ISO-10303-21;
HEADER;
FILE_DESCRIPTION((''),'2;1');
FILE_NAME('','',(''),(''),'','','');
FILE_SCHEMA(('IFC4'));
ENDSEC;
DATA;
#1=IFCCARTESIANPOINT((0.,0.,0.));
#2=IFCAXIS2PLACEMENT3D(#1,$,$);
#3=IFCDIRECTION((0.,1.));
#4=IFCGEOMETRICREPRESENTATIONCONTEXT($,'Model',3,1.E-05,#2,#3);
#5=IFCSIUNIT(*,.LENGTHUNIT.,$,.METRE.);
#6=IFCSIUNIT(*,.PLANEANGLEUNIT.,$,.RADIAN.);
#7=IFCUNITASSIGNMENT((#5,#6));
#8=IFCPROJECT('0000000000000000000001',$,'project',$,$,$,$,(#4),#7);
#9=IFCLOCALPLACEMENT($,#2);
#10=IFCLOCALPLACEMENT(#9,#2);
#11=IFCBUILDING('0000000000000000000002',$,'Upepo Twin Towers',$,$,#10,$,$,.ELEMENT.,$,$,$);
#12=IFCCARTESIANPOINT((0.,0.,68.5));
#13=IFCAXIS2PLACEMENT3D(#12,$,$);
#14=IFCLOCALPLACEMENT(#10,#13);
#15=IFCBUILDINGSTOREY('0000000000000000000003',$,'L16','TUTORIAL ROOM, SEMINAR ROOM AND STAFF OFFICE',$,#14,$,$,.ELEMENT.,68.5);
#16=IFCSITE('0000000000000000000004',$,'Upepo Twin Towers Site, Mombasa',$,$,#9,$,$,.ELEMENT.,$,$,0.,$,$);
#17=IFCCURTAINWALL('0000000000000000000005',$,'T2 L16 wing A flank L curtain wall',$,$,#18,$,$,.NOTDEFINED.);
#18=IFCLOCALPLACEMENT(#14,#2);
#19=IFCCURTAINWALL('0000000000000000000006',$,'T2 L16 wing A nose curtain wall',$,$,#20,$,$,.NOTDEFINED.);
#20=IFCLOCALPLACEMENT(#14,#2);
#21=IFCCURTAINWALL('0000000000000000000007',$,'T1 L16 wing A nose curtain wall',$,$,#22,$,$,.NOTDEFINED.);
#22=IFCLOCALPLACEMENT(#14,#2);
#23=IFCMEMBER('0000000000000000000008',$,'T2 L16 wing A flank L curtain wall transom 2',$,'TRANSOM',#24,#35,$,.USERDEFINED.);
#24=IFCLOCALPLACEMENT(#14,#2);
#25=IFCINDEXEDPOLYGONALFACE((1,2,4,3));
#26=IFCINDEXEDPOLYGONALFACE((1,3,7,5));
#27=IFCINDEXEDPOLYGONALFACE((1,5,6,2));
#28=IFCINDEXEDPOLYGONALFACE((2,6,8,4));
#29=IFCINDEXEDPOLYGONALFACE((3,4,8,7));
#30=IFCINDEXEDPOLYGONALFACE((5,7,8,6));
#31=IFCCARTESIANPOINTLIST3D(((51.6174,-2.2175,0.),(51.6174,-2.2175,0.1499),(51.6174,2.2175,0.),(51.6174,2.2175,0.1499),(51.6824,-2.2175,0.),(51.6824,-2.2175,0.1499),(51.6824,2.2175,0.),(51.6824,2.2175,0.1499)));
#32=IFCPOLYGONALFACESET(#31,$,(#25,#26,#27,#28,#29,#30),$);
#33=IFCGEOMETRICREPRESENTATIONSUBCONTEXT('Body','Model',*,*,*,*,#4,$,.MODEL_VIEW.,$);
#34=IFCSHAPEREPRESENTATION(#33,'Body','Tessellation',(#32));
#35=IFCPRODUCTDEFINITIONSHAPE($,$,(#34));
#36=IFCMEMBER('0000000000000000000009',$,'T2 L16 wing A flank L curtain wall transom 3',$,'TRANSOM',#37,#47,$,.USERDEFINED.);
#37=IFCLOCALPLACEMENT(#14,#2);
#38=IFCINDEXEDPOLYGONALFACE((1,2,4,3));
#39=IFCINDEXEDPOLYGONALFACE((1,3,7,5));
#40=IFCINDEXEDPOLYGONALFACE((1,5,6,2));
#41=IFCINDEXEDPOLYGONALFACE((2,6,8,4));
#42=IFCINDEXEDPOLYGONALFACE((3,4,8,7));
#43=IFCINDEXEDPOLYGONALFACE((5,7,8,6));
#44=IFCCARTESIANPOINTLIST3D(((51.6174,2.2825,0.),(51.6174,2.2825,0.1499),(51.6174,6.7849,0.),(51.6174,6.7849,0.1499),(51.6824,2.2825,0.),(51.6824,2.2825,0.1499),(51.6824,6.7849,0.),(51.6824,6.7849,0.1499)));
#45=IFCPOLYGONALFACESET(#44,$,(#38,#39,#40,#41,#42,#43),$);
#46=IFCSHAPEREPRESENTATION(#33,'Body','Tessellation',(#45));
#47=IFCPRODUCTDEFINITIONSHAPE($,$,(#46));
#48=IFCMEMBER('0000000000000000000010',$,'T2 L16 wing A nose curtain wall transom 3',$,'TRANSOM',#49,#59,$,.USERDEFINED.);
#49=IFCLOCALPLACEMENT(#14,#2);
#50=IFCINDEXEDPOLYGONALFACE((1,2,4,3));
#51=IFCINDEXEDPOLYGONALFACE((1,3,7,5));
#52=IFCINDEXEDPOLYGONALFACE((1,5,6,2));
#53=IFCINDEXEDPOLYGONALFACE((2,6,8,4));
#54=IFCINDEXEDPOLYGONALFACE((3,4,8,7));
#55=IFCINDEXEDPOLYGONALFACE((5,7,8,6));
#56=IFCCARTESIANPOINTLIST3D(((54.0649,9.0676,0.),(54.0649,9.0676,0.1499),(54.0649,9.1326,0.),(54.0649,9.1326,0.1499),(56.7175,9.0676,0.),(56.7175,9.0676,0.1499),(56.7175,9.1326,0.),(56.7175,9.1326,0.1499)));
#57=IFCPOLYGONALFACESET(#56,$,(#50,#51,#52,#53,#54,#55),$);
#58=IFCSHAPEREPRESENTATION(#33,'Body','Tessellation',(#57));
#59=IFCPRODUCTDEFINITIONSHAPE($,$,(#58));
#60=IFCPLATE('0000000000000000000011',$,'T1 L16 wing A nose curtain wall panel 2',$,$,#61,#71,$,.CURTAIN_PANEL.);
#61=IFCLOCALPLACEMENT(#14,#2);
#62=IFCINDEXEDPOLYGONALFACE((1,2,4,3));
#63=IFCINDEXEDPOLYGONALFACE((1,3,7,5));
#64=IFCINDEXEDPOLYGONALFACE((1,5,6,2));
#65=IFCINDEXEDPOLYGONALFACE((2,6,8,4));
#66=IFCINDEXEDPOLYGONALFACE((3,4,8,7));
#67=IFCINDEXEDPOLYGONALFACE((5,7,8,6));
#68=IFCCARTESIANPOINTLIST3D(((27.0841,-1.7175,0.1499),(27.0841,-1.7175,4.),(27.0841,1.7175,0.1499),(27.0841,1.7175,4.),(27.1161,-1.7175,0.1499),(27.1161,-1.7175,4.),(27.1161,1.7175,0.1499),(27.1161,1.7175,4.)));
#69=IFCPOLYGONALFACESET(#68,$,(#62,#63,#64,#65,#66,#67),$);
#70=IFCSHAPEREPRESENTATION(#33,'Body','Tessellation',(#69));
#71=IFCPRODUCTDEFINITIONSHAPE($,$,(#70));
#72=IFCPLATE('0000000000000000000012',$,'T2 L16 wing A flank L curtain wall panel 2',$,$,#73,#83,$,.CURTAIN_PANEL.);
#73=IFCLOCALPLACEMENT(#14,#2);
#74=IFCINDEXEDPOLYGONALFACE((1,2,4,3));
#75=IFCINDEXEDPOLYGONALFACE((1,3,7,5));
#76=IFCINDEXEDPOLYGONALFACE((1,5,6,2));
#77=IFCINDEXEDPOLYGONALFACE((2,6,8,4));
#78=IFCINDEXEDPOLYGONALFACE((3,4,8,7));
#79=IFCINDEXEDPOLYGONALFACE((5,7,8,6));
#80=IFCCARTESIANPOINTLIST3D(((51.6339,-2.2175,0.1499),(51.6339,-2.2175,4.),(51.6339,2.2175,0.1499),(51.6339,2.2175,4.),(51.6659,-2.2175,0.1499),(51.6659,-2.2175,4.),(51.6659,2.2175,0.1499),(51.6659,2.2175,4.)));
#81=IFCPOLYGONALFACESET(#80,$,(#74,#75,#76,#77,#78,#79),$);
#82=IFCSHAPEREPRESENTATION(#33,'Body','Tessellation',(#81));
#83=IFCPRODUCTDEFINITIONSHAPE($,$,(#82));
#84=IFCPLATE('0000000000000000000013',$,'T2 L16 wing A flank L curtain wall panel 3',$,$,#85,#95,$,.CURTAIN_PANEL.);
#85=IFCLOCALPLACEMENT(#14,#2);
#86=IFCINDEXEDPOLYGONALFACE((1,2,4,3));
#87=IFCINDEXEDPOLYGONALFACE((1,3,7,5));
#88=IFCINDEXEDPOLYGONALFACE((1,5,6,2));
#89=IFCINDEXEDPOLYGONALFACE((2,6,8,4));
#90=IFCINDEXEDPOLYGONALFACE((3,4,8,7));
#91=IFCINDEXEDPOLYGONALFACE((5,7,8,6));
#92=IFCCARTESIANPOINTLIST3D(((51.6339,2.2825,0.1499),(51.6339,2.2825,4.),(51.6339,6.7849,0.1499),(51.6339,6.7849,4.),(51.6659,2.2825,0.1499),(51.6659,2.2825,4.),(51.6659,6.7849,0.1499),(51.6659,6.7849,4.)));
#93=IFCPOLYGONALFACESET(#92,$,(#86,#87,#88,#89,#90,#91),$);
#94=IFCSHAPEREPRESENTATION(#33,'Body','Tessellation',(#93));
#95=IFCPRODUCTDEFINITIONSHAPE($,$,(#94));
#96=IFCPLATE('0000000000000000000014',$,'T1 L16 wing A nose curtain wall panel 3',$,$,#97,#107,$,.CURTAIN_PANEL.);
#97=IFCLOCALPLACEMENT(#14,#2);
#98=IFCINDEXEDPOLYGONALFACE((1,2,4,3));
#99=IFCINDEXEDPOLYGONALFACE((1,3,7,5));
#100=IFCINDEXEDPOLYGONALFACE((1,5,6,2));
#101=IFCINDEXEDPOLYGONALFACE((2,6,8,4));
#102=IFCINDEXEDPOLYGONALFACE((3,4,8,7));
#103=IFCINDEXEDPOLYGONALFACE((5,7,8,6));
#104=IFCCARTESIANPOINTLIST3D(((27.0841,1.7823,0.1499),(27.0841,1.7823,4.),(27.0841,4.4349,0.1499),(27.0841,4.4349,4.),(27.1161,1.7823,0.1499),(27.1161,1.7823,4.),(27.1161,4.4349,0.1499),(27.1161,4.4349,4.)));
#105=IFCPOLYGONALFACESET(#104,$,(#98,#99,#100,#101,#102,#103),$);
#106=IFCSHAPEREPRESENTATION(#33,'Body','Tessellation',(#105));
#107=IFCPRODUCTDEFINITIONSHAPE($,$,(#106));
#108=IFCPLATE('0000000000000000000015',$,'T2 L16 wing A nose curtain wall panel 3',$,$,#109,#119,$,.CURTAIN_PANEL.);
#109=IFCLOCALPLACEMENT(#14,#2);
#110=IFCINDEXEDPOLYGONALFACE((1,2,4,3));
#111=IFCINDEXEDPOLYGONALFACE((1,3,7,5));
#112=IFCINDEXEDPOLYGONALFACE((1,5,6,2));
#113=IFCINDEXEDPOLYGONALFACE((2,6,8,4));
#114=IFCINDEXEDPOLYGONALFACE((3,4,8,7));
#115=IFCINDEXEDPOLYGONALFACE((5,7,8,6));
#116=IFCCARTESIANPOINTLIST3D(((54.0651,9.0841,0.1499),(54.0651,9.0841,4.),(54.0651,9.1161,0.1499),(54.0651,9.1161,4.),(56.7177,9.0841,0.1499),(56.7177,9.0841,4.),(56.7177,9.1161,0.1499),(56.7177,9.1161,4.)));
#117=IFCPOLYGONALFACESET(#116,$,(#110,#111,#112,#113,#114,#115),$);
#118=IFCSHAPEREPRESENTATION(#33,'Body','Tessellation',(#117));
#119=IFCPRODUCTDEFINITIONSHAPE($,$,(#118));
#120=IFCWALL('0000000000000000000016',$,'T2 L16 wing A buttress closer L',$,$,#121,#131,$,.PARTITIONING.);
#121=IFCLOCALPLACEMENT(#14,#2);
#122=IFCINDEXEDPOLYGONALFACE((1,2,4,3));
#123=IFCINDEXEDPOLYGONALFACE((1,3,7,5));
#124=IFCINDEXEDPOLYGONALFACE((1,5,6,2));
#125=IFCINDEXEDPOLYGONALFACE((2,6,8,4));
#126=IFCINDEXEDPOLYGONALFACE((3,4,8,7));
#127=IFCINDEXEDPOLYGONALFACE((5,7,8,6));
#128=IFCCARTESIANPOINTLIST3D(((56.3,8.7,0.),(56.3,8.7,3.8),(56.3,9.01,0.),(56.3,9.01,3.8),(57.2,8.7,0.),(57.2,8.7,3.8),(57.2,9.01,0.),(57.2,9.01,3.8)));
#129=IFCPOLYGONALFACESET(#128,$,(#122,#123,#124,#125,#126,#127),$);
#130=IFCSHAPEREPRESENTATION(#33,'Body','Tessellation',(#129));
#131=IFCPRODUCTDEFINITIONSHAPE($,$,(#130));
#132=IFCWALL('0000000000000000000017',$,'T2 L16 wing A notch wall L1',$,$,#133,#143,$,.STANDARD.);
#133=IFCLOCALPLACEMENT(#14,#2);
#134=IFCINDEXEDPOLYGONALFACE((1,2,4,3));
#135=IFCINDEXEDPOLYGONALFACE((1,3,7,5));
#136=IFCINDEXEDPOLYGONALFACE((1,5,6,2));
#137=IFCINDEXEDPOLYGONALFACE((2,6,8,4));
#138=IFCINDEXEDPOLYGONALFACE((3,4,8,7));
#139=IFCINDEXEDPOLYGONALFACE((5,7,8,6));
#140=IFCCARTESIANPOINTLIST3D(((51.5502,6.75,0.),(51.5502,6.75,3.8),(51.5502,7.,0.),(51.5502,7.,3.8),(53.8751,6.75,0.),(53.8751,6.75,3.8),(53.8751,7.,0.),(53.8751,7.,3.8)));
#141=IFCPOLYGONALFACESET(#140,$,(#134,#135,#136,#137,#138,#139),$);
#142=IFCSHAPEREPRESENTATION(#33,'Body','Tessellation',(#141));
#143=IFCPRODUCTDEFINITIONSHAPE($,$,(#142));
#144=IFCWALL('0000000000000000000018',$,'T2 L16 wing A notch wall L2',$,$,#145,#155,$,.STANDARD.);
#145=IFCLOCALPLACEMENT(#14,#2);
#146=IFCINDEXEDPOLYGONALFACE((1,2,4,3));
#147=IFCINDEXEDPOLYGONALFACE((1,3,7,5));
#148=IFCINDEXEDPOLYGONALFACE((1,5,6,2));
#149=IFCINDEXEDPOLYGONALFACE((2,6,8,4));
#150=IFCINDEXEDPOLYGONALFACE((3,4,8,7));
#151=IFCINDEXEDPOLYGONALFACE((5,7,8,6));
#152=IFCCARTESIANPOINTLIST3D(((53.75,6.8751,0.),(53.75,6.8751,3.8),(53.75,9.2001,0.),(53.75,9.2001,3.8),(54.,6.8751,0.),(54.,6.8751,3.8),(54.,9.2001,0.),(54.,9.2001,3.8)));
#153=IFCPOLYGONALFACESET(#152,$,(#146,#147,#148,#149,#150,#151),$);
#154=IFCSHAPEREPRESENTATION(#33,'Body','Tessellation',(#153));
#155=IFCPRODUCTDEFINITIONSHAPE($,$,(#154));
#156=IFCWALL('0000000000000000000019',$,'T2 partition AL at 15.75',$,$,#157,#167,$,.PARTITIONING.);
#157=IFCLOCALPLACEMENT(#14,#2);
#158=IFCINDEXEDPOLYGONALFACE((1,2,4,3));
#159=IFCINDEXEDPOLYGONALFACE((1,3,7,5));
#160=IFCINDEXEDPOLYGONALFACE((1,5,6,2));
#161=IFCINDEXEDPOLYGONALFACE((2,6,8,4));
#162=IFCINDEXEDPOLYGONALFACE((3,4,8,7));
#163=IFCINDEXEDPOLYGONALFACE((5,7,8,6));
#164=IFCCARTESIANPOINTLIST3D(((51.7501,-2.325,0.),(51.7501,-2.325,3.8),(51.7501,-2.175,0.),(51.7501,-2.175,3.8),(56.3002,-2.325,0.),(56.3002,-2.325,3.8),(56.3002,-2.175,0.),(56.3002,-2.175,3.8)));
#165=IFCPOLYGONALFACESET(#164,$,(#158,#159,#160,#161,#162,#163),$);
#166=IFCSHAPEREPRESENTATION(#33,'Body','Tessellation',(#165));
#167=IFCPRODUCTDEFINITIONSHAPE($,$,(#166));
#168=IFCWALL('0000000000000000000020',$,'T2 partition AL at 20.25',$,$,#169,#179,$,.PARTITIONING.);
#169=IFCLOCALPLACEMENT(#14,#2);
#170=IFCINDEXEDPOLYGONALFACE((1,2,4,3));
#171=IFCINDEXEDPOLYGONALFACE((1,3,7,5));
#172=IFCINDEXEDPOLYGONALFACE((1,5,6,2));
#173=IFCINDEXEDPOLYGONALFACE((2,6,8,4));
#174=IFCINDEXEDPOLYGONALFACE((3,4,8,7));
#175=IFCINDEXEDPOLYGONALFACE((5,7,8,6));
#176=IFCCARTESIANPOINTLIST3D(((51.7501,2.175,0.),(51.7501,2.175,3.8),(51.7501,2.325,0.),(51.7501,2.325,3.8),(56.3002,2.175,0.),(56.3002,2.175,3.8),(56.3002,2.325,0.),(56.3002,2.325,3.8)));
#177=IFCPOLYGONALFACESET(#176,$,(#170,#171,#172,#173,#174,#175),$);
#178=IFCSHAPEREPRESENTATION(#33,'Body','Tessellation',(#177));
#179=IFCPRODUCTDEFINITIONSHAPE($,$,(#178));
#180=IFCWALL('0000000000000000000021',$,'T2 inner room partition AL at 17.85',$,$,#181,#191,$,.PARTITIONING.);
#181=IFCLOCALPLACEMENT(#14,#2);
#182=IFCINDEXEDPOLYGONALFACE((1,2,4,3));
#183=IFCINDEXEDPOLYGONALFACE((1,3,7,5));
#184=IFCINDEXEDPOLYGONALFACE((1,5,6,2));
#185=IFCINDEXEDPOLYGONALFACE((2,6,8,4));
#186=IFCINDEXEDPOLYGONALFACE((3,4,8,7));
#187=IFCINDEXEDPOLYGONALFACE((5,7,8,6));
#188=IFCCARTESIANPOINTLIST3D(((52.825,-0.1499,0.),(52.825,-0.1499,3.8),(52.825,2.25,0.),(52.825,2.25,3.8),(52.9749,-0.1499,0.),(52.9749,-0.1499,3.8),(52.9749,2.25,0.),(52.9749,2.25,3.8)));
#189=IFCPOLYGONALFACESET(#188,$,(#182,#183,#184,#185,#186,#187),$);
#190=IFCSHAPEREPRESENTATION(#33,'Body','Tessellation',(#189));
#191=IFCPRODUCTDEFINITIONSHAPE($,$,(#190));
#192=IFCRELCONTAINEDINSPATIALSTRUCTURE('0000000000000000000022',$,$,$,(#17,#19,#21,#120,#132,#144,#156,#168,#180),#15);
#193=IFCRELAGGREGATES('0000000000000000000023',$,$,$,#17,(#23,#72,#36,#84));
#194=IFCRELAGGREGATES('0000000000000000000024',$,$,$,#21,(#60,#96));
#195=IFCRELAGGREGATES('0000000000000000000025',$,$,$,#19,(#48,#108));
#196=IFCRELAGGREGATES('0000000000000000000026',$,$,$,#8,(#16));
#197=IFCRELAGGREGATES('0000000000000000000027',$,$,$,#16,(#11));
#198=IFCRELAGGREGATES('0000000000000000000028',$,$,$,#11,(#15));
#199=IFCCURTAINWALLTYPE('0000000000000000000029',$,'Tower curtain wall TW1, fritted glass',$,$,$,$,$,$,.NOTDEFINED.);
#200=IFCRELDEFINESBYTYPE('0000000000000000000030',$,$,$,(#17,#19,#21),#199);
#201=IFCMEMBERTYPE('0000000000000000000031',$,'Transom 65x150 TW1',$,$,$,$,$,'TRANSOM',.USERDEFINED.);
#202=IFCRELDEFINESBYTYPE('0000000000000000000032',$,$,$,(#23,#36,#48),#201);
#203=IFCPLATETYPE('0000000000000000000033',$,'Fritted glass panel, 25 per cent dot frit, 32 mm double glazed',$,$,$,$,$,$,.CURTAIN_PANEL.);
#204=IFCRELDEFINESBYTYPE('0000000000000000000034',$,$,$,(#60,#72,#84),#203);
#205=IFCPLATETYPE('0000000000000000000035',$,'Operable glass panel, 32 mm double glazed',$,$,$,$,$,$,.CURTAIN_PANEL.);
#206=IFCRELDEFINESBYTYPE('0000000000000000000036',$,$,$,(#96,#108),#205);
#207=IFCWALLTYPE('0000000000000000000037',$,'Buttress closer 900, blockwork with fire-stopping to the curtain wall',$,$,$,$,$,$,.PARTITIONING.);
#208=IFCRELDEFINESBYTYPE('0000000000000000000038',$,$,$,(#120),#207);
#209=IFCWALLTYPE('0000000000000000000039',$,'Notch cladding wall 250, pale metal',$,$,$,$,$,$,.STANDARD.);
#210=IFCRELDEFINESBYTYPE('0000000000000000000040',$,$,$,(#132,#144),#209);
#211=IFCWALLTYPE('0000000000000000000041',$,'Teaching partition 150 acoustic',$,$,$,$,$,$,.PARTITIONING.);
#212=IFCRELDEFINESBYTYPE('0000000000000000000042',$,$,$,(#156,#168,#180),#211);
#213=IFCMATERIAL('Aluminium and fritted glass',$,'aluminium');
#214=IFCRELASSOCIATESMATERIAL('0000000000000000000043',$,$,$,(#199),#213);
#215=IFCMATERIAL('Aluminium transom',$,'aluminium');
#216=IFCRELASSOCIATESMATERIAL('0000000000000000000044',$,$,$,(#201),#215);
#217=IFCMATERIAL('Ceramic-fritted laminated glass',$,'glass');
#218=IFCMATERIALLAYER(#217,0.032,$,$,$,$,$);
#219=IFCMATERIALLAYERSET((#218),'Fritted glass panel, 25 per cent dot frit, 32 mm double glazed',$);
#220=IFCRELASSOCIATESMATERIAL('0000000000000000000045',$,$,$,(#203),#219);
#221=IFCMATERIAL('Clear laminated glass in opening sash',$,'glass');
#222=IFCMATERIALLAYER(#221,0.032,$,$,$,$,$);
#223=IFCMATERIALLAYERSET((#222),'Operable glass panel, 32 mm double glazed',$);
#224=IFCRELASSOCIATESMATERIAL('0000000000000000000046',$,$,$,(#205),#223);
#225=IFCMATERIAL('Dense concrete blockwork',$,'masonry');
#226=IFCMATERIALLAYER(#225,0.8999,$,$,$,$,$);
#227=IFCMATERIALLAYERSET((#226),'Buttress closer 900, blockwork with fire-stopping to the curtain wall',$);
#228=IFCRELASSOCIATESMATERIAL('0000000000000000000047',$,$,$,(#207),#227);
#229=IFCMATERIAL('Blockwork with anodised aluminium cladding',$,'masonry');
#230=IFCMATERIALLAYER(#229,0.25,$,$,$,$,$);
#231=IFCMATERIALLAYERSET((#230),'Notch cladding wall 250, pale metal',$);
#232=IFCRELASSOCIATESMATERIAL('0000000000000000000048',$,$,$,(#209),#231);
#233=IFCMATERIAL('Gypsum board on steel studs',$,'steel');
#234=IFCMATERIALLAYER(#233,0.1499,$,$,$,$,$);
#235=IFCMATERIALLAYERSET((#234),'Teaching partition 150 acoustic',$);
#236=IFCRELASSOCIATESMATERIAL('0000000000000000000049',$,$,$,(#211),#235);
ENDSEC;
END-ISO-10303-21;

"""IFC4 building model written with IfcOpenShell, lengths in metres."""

from ifc_helpers import new_model, si_unit, direction, frame, frame_2d, origin, origin_2d, place, context, subcontext, project, spatial, rectangle, extrude, material, layer, layer_set, material_profile, profile_set, type_object, element, aggregate, save


model = new_model("IFC4")

# Units and contexts
model_context = context("Model", 3, precision=1e-05, world=origin(), true_north=direction((0.0, 1.0)))
body_context = subcontext(model_context, "Body", "Model", "MODEL_VIEW")
ifc_project = project(units=[si_unit("LENGTHUNIT", "METRE"), si_unit("PLANEANGLEUNIT", "RADIAN")], contexts=[model_context])

# Site, building, storey
site_placement = place(None, origin())
site = spatial("IfcSite", under=ifc_project, at=site_placement, Name="Upepo Twin Towers Site, Mombasa", CompositionType="ELEMENT", RefElevation=0.0)
building_placement = place(site_placement, origin())
building = spatial("IfcBuilding", under=site, at=building_placement, Name="Upepo Twin Towers", CompositionType="ELEMENT")
storey_placement = place(building_placement, frame((0.0, 0.0, 68.5)))
storey = spatial("IfcBuildingStorey", under=building, at=storey_placement, Name="L16", Description="TUTORIAL ROOM, SEMINAR ROOM AND STAFF OFFICE", CompositionType="ELEMENT", Elevation=68.5)

# Curtain walls
ifc_material_1 = material(Name="Aluminium and fritted glass", Category="aluminium")
curtain_wall_type = type_object("IfcCurtainWallType", Name="Tower curtain wall TW1, fritted glass", PredefinedType="NOTDEFINED", material=ifc_material_1)
curtain_wall_1_placement = place(storey_placement, origin())
curtain_wall_1 = element("IfcCurtainWall", 1, at=curtain_wall_1_placement, inside=storey, type_object=curtain_wall_type, Name="T2 L16 wing A flank L curtain wall", PredefinedType="NOTDEFINED")
curtain_wall_2_placement = place(storey_placement, origin())
curtain_wall_2 = element("IfcCurtainWall", 2, at=curtain_wall_2_placement, inside=storey, type_object=curtain_wall_type, Name="T2 L16 wing A nose curtain wall", PredefinedType="NOTDEFINED")
curtain_wall_3_placement = place(storey_placement, origin())
curtain_wall_3 = element("IfcCurtainWall", 3, at=curtain_wall_3_placement, inside=storey, type_object=curtain_wall_type, Name="T1 L16 wing A nose curtain wall", PredefinedType="NOTDEFINED")
ifc_material_2 = material(Name="Aluminium transom", Category="aluminium")
ifc_material_profile_1 = material_profile(ifc_material_2, rectangle(XDim=0.0649, YDim=0.1499, at=origin_2d()), Name="TRANSOM 65x150")
ifc_profile_set_1 = profile_set([ifc_material_profile_1], Name="Aluminium transom")
member_type_1 = type_object("IfcMemberType", Name="Transom 65x150 TW1", ElementType="TRANSOM", PredefinedType="USERDEFINED", material=ifc_profile_set_1)

# Members
member_1_placement = place(storey_placement, frame((51.6499, -2.2175, 0.075), z_axis=(0.0, 1.0, 0.0), x_axis=(-1.0, 0.0, 0.0)))
member_1 = element("IfcMember", 4, at=member_1_placement, type_object=member_type_1, Name="T2 L16 wing A flank L curtain wall transom 2", ObjectType="TRANSOM", PredefinedType="USERDEFINED", context=body_context, shape_type="SweptSolid", body=[
    extrude(rectangle(XDim=0.0649, YDim=0.1499, at=origin_2d()), origin(), (0.0, 0.0, 1.0), 4.4351),
])
member_2_placement = place(storey_placement, frame((51.6499, 2.2825, 0.075), z_axis=(0.0, 1.0, 0.0), x_axis=(-1.0, 0.0, 0.0)))
member_2 = element("IfcMember", 5, at=member_2_placement, type_object=member_type_1, Name="T2 L16 wing A flank L curtain wall transom 3", ObjectType="TRANSOM", PredefinedType="USERDEFINED", context=body_context, shape_type="SweptSolid", body=[
    extrude(rectangle(XDim=0.0649, YDim=0.1499, at=origin_2d()), origin(), (0.0, 0.0, 1.0), 4.5024),
])
member_3_placement = place(storey_placement, frame((56.7175, 9.1001, 0.075), z_axis=(-1.0, 0.0, 0.0), x_axis=(0.0, -1.0, 0.0)))
member_3 = element("IfcMember", 6, at=member_3_placement, type_object=member_type_1, Name="T2 L16 wing A nose curtain wall transom 3", ObjectType="TRANSOM", PredefinedType="USERDEFINED", context=body_context, shape_type="SweptSolid", body=[
    extrude(rectangle(XDim=0.0649, YDim=0.1499, at=origin_2d()), origin(), (0.0, 0.0, 1.0), 2.6526),
])

# Plates
ifc_material_3 = material(Name="Ceramic-fritted laminated glass", Category="glass")
ifc_layer_1 = layer(ifc_material_3, 0.032)
ifc_layer_set_1 = layer_set([ifc_layer_1], Name="Fritted glass panel, 25 per cent dot frit, 32 mm double glazed")
plate_type_1 = type_object("IfcPlateType", Name="Fritted glass panel, 25 per cent dot frit, 32 mm double glazed", PredefinedType="CURTAIN_PANEL", material=ifc_layer_set_1)
plate_1_placement = place(storey_placement, frame((27.1001, 0.0, 0.1499), z_axis=(0.0, 0.0, 1.0), x_axis=(0.0, 1.0, 0.0)))
plate_1 = element("IfcPlate", 7, at=plate_1_placement, type_object=plate_type_1, Name="T1 L16 wing A nose curtain wall panel 2", PredefinedType="CURTAIN_PANEL", context=body_context, shape_type="SweptSolid", body=[
    extrude(rectangle(XDim=3.4351, YDim=0.032, at=origin_2d()), origin(), (0.0, 0.0, 1.0), 3.8501),
])
plate_2_placement = place(storey_placement, frame((51.6499, 0.0, 0.1499), z_axis=(0.0, 0.0, 1.0), x_axis=(0.0, 1.0, 0.0)))
plate_2 = element("IfcPlate", 8, at=plate_2_placement, type_object=plate_type_1, Name="T2 L16 wing A flank L curtain wall panel 2", PredefinedType="CURTAIN_PANEL", context=body_context, shape_type="SweptSolid", body=[
    extrude(rectangle(XDim=4.4351, YDim=0.032, at=origin_2d()), origin(), (0.0, 0.0, 1.0), 3.8501),
])
plate_3_placement = place(storey_placement, frame((51.6499, 4.5337, 0.1499), z_axis=(0.0, 0.0, 1.0), x_axis=(0.0, 1.0, 0.0)))
plate_3 = element("IfcPlate", 9, at=plate_3_placement, type_object=plate_type_1, Name="T2 L16 wing A flank L curtain wall panel 3", PredefinedType="CURTAIN_PANEL", context=body_context, shape_type="SweptSolid", body=[
    extrude(rectangle(XDim=4.5024, YDim=0.032, at=origin_2d()), origin(), (0.0, 0.0, 1.0), 3.8501),
])
aggregate(curtain_wall_1, [member_1, plate_2, member_2, plate_3])
ifc_material_4 = material(Name="Clear laminated glass in opening sash", Category="glass")
ifc_layer_2 = layer(ifc_material_4, 0.032)
ifc_layer_set_2 = layer_set([ifc_layer_2], Name="Operable glass panel, 32 mm double glazed")
plate_type_2 = type_object("IfcPlateType", Name="Operable glass panel, 32 mm double glazed", PredefinedType="CURTAIN_PANEL", material=ifc_layer_set_2)
plate_4_placement = place(storey_placement, frame((27.1001, 3.1086, 0.1499), z_axis=(0.0, 0.0, 1.0), x_axis=(0.0, 1.0, 0.0)))
plate_4 = element("IfcPlate", 10, at=plate_4_placement, type_object=plate_type_2, Name="T1 L16 wing A nose curtain wall panel 3", PredefinedType="CURTAIN_PANEL", context=body_context, shape_type="SweptSolid", body=[
    extrude(rectangle(XDim=2.6526, YDim=0.032, at=origin_2d()), origin(), (0.0, 0.0, 1.0), 3.8501),
])
aggregate(curtain_wall_3, [plate_1, plate_4])
plate_5_placement = place(storey_placement, frame((55.3914, 9.1001, 0.1499), z_axis=(0.0, 0.0, 1.0), x_axis=(-1.0, 0.0, 0.0)))
plate_5 = element("IfcPlate", 11, at=plate_5_placement, type_object=plate_type_2, Name="T2 L16 wing A nose curtain wall panel 3", PredefinedType="CURTAIN_PANEL", context=body_context, shape_type="SweptSolid", body=[
    extrude(rectangle(XDim=2.6526, YDim=0.032, at=origin_2d()), origin(), (0.0, 0.0, 1.0), 3.8501),
])
aggregate(curtain_wall_2, [member_3, plate_5])

# Walls
ifc_material_5 = material(Name="Dense concrete blockwork", Category="masonry")
ifc_layer_3 = layer(ifc_material_5, 0.8999)
ifc_layer_set_3 = layer_set([ifc_layer_3], Name="Buttress closer 900, blockwork with fire-stopping to the curtain wall")
wall_type_1 = type_object("IfcWallType", Name="Buttress closer 900, blockwork with fire-stopping to the curtain wall", PredefinedType="PARTITIONING", material=ifc_layer_set_3)
wall_1_placement = place(storey_placement, frame((56.75, 8.7, 0.0), z_axis=(0.0, 0.0, 1.0), x_axis=(0.0, 1.0, 0.0)))
element("IfcWall", 12, at=wall_1_placement, inside=storey, type_object=wall_type_1, Name="T2 L16 wing A buttress closer L", PredefinedType="PARTITIONING", context=body_context, shape_type="SweptSolid", body=[
    extrude(rectangle(XDim=0.3101, YDim=0.8999, at=frame_2d((0.155, 0.0))), origin(), (0.0, 0.0, 1.0), 3.8),
])
ifc_material_6 = material(Name="Blockwork with anodised aluminium cladding", Category="masonry")
ifc_layer_4 = layer(ifc_material_6, 0.25)
ifc_layer_set_4 = layer_set([ifc_layer_4], Name="Notch cladding wall 250, pale metal")
wall_type_2 = type_object("IfcWallType", Name="Notch cladding wall 250, pale metal", PredefinedType="STANDARD", material=ifc_layer_set_4)
for number, where, z_axis, x_axis, name in (
    (13, (51.55, 6.875, 0.0), (0.0, 0.0, 1.0), (1.0, 0.0, 0.0), "T2 L16 wing A notch wall L1"),
    (14, (53.875, 6.875, 0.0), (0.0, 0.0, 1.0), (0.0, 1.0, 0.0), "T2 L16 wing A notch wall L2"),
):
    element("IfcWall", number, at=place(storey_placement, frame(where, z_axis=z_axis, x_axis=x_axis)), inside=storey, type_object=wall_type_2, Name=name, PredefinedType="STANDARD", context=body_context, shape_type="SweptSolid", body=[
        extrude(rectangle(XDim=2.325, YDim=0.25, at=frame_2d((1.1626, 0.0))), origin(), (0.0, 0.0, 1.0), 3.8),
    ])
ifc_material_7 = material(Name="Gypsum board on steel studs", Category="steel")
ifc_layer_5 = layer(ifc_material_7, 0.1499)
ifc_layer_set_5 = layer_set([ifc_layer_5], Name="Teaching partition 150 acoustic")
wall_type_3 = type_object("IfcWallType", Name="Teaching partition 150 acoustic", PredefinedType="PARTITIONING", material=ifc_layer_set_5)
for number, where, z_axis, x_axis, name in (
    (15, (56.3, -2.25, 0.0), (0.0, 0.0, 1.0), (-1.0, 0.0, 0.0), "T2 partition AL at 15.75"),
    (16, (56.3, 2.25, 0.0), (0.0, 0.0, 1.0), (-1.0, 0.0, 0.0), "T2 partition AL at 20.25"),
):
    element("IfcWall", number, at=place(storey_placement, frame(where, z_axis=z_axis, x_axis=x_axis)), inside=storey, type_object=wall_type_3, Name=name, PredefinedType="PARTITIONING", context=body_context, shape_type="SweptSolid", body=[
        extrude(rectangle(XDim=4.55, YDim=0.1499, at=frame_2d((2.2749, 0.0))), origin(), (0.0, 0.0, 1.0), 3.8),
    ])
wall_2_placement = place(storey_placement, frame((52.8999, -0.1499, 0.0), z_axis=(0.0, 0.0, 1.0), x_axis=(0.0, 1.0, 0.0)))
element("IfcWall", 17, at=wall_2_placement, inside=storey, type_object=wall_type_3, Name="T2 inner room partition AL at 17.85", PredefinedType="PARTITIONING", context=body_context, shape_type="SweptSolid", body=[
    extrude(rectangle(XDim=2.3999, YDim=0.1499, at=frame_2d((1.2, 0.0))), origin(), (0.0, 0.0, 1.0), 3.8),
])

save(model, "model.ifc")
